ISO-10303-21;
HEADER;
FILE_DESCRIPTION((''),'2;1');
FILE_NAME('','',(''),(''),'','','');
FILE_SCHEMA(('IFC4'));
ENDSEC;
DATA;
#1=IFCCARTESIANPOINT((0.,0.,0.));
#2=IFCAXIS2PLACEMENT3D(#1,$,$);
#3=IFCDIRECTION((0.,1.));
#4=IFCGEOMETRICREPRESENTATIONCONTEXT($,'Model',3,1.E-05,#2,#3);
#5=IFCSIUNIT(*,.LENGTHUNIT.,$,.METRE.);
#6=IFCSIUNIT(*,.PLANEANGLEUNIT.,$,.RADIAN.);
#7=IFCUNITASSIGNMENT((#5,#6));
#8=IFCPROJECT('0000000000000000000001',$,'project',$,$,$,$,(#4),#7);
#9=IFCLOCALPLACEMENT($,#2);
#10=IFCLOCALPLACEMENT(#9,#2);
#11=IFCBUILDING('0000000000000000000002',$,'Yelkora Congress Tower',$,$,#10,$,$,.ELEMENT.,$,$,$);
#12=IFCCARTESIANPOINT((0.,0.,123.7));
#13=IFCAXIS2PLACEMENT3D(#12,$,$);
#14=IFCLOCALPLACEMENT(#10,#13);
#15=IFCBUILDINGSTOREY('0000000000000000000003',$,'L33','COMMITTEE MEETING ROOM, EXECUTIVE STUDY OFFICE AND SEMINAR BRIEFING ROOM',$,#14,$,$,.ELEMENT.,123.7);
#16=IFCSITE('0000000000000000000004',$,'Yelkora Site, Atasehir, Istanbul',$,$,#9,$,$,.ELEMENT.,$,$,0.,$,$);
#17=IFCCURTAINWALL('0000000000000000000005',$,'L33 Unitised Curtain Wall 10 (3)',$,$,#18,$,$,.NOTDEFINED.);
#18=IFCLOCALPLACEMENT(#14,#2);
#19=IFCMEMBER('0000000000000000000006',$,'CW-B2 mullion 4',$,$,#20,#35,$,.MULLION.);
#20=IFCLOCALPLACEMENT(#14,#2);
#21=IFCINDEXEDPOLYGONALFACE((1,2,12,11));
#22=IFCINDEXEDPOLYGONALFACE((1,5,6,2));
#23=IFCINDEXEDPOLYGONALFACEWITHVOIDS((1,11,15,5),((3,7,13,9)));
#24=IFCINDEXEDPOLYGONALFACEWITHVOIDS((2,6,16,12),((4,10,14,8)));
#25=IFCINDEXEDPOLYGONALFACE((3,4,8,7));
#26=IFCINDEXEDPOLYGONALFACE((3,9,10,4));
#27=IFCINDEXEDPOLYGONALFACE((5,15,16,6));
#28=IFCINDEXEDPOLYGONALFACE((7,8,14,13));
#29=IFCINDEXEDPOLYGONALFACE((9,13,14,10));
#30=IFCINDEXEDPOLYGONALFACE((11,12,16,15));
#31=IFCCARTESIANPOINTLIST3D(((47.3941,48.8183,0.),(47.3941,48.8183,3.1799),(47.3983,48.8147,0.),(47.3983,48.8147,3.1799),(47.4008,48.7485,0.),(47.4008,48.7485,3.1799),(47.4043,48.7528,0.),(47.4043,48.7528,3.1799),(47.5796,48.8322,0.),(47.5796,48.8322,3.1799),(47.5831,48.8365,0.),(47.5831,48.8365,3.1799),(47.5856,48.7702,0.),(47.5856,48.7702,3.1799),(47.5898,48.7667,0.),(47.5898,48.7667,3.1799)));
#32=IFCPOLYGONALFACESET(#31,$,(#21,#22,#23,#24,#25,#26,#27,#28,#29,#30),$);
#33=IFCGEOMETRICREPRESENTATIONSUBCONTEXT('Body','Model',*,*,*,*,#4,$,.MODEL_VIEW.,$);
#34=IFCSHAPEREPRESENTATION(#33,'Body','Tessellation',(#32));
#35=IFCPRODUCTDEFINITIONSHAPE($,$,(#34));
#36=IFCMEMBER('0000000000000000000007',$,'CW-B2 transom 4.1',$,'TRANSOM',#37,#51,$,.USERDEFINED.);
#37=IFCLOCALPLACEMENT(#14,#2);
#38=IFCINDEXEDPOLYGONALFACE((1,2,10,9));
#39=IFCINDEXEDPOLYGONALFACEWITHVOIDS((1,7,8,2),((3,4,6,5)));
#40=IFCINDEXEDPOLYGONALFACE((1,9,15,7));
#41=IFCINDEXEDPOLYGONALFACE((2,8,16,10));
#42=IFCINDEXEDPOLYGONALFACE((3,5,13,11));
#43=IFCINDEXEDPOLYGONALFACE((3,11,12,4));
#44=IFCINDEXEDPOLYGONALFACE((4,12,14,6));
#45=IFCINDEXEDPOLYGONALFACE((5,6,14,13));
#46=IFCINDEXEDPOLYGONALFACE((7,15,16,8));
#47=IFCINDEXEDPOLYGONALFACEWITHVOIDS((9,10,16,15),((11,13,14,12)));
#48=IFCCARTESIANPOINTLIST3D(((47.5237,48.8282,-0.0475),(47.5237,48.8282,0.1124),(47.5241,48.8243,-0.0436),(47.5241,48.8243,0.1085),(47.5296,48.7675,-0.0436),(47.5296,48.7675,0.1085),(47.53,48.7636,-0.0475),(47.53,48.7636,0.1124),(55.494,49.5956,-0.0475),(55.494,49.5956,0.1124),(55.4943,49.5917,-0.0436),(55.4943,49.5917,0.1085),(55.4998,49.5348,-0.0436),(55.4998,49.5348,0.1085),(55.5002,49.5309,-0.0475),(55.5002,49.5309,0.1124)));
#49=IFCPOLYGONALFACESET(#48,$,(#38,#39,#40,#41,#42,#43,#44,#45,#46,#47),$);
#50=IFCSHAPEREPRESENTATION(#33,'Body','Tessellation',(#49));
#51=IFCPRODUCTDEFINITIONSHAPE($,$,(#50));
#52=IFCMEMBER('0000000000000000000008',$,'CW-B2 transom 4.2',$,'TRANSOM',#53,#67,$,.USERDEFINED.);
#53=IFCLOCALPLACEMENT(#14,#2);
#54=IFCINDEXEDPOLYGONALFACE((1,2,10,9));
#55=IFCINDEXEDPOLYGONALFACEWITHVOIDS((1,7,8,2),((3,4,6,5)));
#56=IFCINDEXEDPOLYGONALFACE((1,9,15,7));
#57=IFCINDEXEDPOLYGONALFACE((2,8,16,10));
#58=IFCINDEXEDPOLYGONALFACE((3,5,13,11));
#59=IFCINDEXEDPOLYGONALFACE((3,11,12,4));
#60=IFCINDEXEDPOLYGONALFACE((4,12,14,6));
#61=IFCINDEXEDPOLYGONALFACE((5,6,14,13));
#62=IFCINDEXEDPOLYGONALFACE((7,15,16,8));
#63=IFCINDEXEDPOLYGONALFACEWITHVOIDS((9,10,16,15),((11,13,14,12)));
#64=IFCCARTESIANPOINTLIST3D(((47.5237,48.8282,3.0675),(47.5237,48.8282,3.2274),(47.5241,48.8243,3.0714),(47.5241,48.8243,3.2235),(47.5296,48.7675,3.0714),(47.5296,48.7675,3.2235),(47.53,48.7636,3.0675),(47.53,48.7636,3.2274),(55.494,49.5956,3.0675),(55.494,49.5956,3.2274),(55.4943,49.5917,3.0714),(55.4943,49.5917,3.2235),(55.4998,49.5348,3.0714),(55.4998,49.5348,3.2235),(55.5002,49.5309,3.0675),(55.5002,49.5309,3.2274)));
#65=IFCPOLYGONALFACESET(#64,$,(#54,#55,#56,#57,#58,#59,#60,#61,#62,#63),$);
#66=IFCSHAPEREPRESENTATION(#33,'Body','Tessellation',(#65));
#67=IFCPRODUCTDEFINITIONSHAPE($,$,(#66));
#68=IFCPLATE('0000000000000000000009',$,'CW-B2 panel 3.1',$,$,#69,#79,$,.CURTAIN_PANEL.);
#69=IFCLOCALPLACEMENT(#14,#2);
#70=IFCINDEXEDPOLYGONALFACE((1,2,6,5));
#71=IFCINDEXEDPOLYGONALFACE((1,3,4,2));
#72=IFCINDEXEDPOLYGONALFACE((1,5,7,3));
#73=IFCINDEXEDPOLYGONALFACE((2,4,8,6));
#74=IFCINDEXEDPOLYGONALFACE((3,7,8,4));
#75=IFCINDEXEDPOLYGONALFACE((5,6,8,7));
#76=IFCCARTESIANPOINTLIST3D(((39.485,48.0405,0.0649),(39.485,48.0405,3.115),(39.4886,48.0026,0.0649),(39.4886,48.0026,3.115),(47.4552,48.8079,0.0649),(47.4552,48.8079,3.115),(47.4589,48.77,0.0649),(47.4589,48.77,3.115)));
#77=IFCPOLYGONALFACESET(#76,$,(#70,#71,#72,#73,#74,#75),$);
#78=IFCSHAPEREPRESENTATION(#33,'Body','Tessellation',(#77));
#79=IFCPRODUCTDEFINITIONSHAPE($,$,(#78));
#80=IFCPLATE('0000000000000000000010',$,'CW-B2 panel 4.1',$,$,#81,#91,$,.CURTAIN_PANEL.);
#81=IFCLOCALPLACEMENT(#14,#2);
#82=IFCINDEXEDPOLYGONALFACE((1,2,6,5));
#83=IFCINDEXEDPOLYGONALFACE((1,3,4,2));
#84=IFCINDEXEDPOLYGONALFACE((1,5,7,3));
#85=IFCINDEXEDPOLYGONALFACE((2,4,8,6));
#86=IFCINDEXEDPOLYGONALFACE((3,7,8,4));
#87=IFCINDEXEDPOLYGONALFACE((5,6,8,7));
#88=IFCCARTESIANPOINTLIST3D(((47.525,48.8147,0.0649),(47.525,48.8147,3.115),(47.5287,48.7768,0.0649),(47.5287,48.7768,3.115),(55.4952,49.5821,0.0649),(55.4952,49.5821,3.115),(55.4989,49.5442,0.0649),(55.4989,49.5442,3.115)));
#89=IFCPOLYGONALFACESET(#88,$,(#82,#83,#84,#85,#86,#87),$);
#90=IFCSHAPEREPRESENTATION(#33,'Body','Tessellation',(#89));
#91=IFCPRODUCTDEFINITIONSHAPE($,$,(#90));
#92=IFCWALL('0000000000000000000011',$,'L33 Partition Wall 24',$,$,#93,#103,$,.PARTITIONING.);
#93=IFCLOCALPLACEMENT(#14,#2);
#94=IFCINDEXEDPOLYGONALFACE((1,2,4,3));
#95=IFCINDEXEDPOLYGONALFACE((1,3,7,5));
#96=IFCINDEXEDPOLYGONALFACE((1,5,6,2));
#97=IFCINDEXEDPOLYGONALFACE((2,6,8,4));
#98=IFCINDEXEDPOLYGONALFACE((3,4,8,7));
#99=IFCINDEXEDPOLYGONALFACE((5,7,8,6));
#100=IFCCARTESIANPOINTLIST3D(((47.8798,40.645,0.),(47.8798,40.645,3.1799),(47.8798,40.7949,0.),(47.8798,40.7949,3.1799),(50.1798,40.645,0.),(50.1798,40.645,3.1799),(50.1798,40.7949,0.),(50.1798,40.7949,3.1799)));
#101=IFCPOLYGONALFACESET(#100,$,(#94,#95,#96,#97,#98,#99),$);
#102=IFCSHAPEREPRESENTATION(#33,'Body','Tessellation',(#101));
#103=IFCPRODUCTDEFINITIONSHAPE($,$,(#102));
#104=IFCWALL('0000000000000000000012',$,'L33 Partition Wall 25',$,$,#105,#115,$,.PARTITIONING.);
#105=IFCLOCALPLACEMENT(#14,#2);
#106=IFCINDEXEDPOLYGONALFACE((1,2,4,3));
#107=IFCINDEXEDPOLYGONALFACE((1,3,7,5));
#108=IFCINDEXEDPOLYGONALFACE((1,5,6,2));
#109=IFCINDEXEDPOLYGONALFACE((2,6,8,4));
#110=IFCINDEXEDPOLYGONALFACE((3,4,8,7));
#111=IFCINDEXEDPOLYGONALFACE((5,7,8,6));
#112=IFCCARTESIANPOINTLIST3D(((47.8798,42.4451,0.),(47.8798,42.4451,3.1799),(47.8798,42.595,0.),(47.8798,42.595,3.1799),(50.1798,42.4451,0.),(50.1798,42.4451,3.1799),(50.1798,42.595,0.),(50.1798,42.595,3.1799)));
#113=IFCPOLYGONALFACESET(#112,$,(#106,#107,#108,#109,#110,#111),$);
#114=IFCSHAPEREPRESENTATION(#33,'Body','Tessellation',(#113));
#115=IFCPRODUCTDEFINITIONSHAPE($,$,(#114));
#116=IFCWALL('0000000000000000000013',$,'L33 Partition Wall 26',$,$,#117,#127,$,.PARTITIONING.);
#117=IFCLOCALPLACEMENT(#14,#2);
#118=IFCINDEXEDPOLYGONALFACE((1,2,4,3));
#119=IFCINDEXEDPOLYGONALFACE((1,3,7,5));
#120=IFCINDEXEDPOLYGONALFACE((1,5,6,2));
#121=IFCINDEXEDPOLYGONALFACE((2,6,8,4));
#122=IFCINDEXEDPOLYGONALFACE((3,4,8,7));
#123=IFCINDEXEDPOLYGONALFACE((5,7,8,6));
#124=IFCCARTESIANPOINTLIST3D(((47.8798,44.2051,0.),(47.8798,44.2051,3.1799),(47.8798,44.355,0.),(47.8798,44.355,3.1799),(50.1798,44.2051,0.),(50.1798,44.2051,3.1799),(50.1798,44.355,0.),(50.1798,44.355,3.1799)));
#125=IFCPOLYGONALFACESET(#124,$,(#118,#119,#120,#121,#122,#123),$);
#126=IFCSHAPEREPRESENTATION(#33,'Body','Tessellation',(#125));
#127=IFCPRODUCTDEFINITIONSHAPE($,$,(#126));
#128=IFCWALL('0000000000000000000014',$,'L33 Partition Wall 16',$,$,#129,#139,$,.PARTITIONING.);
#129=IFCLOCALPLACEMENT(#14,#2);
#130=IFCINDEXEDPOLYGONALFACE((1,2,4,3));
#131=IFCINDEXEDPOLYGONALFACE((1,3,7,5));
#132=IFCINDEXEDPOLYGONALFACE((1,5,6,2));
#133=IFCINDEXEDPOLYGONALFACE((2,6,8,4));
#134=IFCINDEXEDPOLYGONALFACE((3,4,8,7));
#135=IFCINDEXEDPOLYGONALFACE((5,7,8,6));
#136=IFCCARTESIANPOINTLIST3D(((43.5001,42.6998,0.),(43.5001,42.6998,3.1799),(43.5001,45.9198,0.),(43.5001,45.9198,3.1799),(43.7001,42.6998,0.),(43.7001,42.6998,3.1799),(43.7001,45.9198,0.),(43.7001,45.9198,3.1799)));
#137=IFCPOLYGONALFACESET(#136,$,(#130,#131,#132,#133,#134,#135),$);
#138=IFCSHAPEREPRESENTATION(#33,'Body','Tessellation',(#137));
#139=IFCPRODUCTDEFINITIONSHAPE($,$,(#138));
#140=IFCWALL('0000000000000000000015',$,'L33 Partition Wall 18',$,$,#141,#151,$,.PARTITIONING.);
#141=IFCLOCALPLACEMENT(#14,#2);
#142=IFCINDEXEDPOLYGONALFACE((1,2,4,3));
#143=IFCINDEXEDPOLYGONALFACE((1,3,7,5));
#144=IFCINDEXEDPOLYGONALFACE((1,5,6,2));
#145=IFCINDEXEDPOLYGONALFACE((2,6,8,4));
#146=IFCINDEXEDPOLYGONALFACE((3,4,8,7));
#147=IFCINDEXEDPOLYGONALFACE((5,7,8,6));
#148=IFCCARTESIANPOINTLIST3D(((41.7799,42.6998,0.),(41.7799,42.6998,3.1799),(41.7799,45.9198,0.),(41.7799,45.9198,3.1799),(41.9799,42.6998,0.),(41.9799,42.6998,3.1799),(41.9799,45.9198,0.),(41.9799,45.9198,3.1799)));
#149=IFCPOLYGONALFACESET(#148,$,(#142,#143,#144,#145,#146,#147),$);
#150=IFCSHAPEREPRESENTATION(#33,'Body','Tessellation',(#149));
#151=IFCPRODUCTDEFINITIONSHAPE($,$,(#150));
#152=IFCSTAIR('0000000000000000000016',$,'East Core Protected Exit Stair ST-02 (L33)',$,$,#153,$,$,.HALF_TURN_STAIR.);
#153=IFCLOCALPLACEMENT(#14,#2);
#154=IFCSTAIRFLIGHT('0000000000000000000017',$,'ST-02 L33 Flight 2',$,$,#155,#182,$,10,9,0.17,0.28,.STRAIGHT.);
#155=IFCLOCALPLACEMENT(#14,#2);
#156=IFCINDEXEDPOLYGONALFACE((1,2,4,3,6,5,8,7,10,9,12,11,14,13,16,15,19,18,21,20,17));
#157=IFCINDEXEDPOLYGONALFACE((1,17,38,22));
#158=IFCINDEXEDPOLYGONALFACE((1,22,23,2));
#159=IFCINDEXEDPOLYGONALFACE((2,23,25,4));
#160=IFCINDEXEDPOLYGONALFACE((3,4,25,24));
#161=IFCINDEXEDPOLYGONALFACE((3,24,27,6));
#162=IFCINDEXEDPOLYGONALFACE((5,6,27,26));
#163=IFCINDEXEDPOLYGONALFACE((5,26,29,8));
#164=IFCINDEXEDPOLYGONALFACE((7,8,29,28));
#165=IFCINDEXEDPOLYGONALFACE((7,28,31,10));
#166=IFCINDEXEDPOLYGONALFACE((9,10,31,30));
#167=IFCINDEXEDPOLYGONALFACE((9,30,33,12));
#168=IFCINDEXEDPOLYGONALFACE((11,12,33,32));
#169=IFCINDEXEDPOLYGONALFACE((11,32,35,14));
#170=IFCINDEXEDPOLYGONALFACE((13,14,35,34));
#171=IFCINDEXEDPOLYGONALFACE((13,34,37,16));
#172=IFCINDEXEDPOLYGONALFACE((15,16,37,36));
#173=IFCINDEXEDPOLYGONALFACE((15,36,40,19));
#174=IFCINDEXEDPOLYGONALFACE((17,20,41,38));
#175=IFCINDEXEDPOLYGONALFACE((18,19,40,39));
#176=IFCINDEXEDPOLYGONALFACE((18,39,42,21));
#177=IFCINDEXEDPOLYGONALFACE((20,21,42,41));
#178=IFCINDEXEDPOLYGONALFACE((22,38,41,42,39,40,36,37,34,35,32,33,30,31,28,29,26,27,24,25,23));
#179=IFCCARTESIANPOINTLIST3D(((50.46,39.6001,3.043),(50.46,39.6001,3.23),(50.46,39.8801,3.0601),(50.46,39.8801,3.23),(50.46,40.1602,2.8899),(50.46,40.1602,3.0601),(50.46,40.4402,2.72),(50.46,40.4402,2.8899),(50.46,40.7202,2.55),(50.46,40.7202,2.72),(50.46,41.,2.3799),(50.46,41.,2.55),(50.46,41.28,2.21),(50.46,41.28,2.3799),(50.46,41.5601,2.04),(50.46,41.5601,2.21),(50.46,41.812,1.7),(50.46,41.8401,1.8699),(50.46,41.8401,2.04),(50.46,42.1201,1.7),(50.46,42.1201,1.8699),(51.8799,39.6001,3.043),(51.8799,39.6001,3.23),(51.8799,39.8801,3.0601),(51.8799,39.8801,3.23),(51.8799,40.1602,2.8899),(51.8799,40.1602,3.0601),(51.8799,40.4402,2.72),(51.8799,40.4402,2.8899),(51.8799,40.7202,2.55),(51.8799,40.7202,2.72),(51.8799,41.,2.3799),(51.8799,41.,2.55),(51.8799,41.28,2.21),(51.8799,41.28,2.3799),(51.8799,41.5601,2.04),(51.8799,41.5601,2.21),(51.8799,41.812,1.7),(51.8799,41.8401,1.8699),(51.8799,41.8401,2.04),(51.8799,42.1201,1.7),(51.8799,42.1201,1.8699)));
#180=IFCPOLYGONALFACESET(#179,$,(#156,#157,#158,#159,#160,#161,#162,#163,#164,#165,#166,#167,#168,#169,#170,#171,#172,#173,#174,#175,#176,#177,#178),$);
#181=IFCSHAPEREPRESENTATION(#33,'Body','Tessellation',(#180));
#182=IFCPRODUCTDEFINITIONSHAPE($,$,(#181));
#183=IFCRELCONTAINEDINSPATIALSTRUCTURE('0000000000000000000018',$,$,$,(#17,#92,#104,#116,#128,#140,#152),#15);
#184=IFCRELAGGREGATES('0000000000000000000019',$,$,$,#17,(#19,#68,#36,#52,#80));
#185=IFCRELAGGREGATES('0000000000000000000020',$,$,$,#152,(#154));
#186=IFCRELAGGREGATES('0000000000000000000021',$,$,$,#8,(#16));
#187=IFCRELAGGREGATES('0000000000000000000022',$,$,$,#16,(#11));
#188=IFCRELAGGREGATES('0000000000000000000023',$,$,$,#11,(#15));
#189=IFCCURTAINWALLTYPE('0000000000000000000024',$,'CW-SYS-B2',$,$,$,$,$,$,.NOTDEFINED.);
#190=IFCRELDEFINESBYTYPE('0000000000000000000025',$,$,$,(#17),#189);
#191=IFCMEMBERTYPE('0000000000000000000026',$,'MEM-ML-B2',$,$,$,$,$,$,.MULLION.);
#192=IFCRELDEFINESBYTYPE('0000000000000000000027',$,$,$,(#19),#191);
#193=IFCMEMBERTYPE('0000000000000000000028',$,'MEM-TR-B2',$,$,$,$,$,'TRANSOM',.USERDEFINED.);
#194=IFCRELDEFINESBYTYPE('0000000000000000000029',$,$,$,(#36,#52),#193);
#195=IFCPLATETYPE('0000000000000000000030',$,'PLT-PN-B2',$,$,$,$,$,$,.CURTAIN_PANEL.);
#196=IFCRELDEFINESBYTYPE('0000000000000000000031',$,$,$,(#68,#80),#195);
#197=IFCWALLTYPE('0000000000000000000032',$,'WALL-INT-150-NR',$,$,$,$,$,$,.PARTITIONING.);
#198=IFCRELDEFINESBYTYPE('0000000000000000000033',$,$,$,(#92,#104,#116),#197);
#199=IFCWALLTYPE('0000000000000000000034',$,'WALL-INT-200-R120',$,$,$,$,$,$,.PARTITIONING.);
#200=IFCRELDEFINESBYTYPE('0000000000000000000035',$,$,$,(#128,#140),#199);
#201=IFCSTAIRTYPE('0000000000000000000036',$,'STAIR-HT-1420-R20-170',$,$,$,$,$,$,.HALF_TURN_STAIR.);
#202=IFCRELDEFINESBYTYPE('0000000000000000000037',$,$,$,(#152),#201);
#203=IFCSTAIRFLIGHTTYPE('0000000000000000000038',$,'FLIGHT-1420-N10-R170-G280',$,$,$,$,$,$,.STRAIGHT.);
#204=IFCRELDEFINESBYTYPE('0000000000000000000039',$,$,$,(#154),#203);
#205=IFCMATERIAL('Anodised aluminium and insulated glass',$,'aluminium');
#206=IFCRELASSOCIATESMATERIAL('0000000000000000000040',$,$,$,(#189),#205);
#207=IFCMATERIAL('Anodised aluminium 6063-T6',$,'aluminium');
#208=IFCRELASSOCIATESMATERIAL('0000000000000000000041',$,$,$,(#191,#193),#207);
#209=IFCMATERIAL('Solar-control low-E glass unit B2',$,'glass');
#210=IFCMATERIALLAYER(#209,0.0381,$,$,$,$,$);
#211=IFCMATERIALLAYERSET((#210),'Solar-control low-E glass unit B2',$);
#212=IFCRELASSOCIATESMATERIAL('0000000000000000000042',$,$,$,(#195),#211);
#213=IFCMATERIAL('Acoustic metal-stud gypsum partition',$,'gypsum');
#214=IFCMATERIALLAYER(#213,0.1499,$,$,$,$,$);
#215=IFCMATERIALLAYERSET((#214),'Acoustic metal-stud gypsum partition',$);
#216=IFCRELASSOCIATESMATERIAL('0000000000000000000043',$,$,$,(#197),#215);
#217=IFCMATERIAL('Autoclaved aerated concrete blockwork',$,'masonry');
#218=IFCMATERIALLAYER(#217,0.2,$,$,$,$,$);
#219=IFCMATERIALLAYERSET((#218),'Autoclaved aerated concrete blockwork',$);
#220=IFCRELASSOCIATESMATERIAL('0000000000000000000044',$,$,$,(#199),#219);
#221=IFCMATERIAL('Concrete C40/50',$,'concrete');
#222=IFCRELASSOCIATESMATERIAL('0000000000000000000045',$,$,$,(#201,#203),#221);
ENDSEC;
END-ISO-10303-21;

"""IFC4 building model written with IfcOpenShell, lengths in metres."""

from ifc_helpers import new_model, si_unit, direction, frame, frame_2d, origin, origin_2d, place, context, subcontext, project, spatial, polyline, rectangle, hollow_rectangle, outline, extrude, material, layer, layer_set, material_profile, profile_set, type_object, element, aggregate, save


model = new_model("IFC4")

# Units and contexts
model_context = context("Model", 3, precision=1e-05, world=origin(), true_north=direction((0.0, 1.0)))
body_context = subcontext(model_context, "Body", "Model", "MODEL_VIEW")
ifc_project = project(units=[si_unit("LENGTHUNIT", "METRE"), si_unit("PLANEANGLEUNIT", "RADIAN")], contexts=[model_context])

# Site, building, storey
site_placement = place(None, origin())
site = spatial("IfcSite", under=ifc_project, at=site_placement, Name="Yelkora Site, Atasehir, Istanbul", CompositionType="ELEMENT", RefElevation=0.0)
building_placement = place(site_placement, origin())
building = spatial("IfcBuilding", under=site, at=building_placement, Name="Yelkora Congress Tower", CompositionType="ELEMENT")
storey_placement = place(building_placement, frame((0.0, 0.0, 123.7)))
storey = spatial("IfcBuildingStorey", under=building, at=storey_placement, Name="L33", Description="COMMITTEE MEETING ROOM, EXECUTIVE STUDY OFFICE AND SEMINAR BRIEFING ROOM", CompositionType="ELEMENT", Elevation=123.7)

# Curtain wall, members, plates
ifc_material_1 = material(Name="Anodised aluminium and insulated glass", Category="aluminium")
curtain_wall_type = type_object("IfcCurtainWallType", Name="CW-SYS-B2", PredefinedType="NOTDEFINED", material=ifc_material_1)
curtain_wall_placement = place(storey_placement, origin())
curtain_wall = element("IfcCurtainWall", 1, at=curtain_wall_placement, inside=storey, type_object=curtain_wall_type, Name="L33 Unitised Curtain Wall 10 (3)", PredefinedType="NOTDEFINED")
ifc_material_2 = material(Name="Anodised aluminium 6063-T6", Category="aluminium")
ifc_material_profile_1 = material_profile(ifc_material_2, hollow_rectangle(XDim=0.0701, YDim=0.1899, WallThickness=0.0039, at=origin_2d()), Name="ALU 70x190x4")
ifc_profile_set_1 = profile_set([ifc_material_profile_1], Name="Anodised aluminium 6063-T6")
member_type_1 = type_object("IfcMemberType", Name="MEM-ML-B2", PredefinedType="MULLION", material=ifc_profile_set_1)
member_1_placement = place(storey_placement, frame((47.4919, 48.7925, 0.0), z_axis=(0.0, 0.0, 1.0), x_axis=(-0.095844, 0.995396, 0.0)))
member_1 = element("IfcMember", 2, at=member_1_placement, type_object=member_type_1, Name="CW-B2 mullion 4", PredefinedType="MULLION", context=body_context, shape_type="SweptSolid", body=[
    extrude(hollow_rectangle(XDim=0.0701, YDim=0.1899, WallThickness=0.0039, at=origin_2d()), origin(), (0.0, 0.0, 1.0), 3.1799),
])
ifc_material_profile_2 = material_profile(ifc_material_2, hollow_rectangle(XDim=0.0649, YDim=0.1599, WallThickness=0.0039, at=origin_2d()), Name="ALU 65x160x4")
ifc_profile_set_2 = profile_set([ifc_material_profile_2], Name="Anodised aluminium 6063-T6")
member_type_2 = type_object("IfcMemberType", Name="MEM-TR-B2", ElementType="TRANSOM", PredefinedType="USERDEFINED", material=ifc_profile_set_2)
member_2_placement = place(storey_placement, frame((47.5269, 48.7959, 0.0325), z_axis=(0.995398, 0.095832, 0.0), x_axis=(-0.095832, 0.995398, 0.0)))
member_2 = element("IfcMember", 3, at=member_2_placement, type_object=member_type_2, Name="CW-B2 transom 4.1", ObjectType="TRANSOM", PredefinedType="USERDEFINED", context=body_context, shape_type="SweptSolid", body=[
    extrude(hollow_rectangle(XDim=0.0649, YDim=0.1599, WallThickness=0.0039, at=origin_2d()), origin(), (0.0, 0.0, 1.0), 8.0071),
])
member_3_placement = place(storey_placement, frame((47.5269, 48.7959, 3.1475), z_axis=(0.995398, 0.095832, 0.0), x_axis=(-0.095832, 0.995398, 0.0)))
member_3 = element("IfcMember", 4, at=member_3_placement, type_object=member_type_2, Name="CW-B2 transom 4.2", ObjectType="TRANSOM", PredefinedType="USERDEFINED", context=body_context, shape_type="SweptSolid", body=[
    extrude(hollow_rectangle(XDim=0.0649, YDim=0.1599, WallThickness=0.0039, at=origin_2d()), origin(), (0.0, 0.0, 1.0), 8.0071),
])
ifc_material_3 = material(Name="Solar-control low-E glass unit B2", Category="glass")
ifc_layer_1 = layer(ifc_material_3, 0.0381)
ifc_layer_set_1 = layer_set([ifc_layer_1], Name="Solar-control low-E glass unit B2")
plate_type = type_object("IfcPlateType", Name="PLT-PN-B2", PredefinedType="CURTAIN_PANEL", material=ifc_layer_set_1)
plate_1_placement = place(storey_placement, frame((43.4719, 48.4053, 0.0649), z_axis=(0.0, 0.0, 1.0), x_axis=(0.995396, 0.095844, 0.0)))
plate_1 = element("IfcPlate", 5, at=plate_1_placement, type_object=plate_type, Name="CW-B2 panel 3.1", PredefinedType="CURTAIN_PANEL", context=body_context, shape_type="SweptSolid", body=[
    extrude(rectangle(XDim=8.0071, YDim=0.0381, at=origin_2d()), origin(), (0.0, 0.0, 1.0), 3.05),
])
plate_2_placement = place(storey_placement, frame((51.512, 49.1794, 0.0649), z_axis=(0.0, 0.0, 1.0), x_axis=(0.995396, 0.095844, 0.0)))
plate_2 = element("IfcPlate", 6, at=plate_2_placement, type_object=plate_type, Name="CW-B2 panel 4.1", PredefinedType="CURTAIN_PANEL", context=body_context, shape_type="SweptSolid", body=[
    extrude(rectangle(XDim=8.0071, YDim=0.0381, at=origin_2d()), origin(), (0.0, 0.0, 1.0), 3.05),
])
aggregate(curtain_wall, [member_1, plate_1, member_2, member_3, plate_2])

# Walls
ifc_material_4 = material(Name="Acoustic metal-stud gypsum partition", Category="gypsum")
ifc_layer_2 = layer(ifc_material_4, 0.1499)
ifc_layer_set_2 = layer_set([ifc_layer_2], Name="Acoustic metal-stud gypsum partition")
wall_type_1 = type_object("IfcWallType", Name="WALL-INT-150-NR", PredefinedType="PARTITIONING", material=ifc_layer_set_2)
for number, where, z_axis, x_axis, name in (
    (7, (47.8799, 40.72, 0.0), (0.0, 0.0, 1.0), (1.0, 0.0, 0.0), "L33 Partition Wall 24"),
    (8, (47.8799, 42.52, 0.0), (0.0, 0.0, 1.0), (1.0, 0.0, 0.0), "L33 Partition Wall 25"),
    (9, (47.8799, 44.28, 0.0), (0.0, 0.0, 1.0), (1.0, 0.0, 0.0), "L33 Partition Wall 26"),
):
    element("IfcWall", number, at=place(storey_placement, frame(where, z_axis=z_axis, x_axis=x_axis)), inside=storey, type_object=wall_type_1, Name=name, PredefinedType="PARTITIONING", context=body_context, shape_type="SweptSolid", body=[
        extrude(rectangle(XDim=2.3, YDim=0.1499, at=frame_2d((1.1499, 0.0))), origin(), (0.0, 0.0, 1.0), 3.1799),
    ])
ifc_material_5 = material(Name="Autoclaved aerated concrete blockwork", Category="masonry")
ifc_layer_3 = layer(ifc_material_5, 0.2)
ifc_layer_set_3 = layer_set([ifc_layer_3], Name="Autoclaved aerated concrete blockwork")
wall_type_2 = type_object("IfcWallType", Name="WALL-INT-200-R120", PredefinedType="PARTITIONING", material=ifc_layer_set_3)
for number, where, z_axis, x_axis, name in (
    (10, (43.6001, 42.7, 0.0), (0.0, 0.0, 1.0), (0.0, 1.0, 0.0), "L33 Partition Wall 16"),
    (11, (41.8799, 42.7, 0.0), (0.0, 0.0, 1.0), (0.0, 1.0, 0.0), "L33 Partition Wall 18"),
):
    element("IfcWall", number, at=place(storey_placement, frame(where, z_axis=z_axis, x_axis=x_axis)), inside=storey, type_object=wall_type_2, Name=name, PredefinedType="PARTITIONING", context=body_context, shape_type="SweptSolid", body=[
        extrude(rectangle(XDim=3.22, YDim=0.2, at=frame_2d((1.6099, 0.0))), origin(), (0.0, 0.0, 1.0), 3.1799),
    ])

# Stair, stair flight
ifc_material_6 = material(Name="Concrete C40/50", Category="concrete")
stair_type = type_object("IfcStairType", Name="STAIR-HT-1420-R20-170", PredefinedType="HALF_TURN_STAIR", material=ifc_material_6)
stair_placement = place(storey_placement, origin())
stair = element("IfcStair", 12, at=stair_placement, inside=storey, type_object=stair_type, Name="East Core Protected Exit Stair ST-02 (L33)", PredefinedType="HALF_TURN_STAIR")
stair_flight_type = type_object("IfcStairFlightType", Name="FLIGHT-1420-N10-R170-G280", PredefinedType="STRAIGHT", material=ifc_material_6)
stair_flight_placement = place(storey_placement, frame((51.1699, 42.1201, 1.7), z_axis=(0.0, 0.0, 1.0), x_axis=(0.0, -1.0, 0.0)))
stair_flight = element("IfcStairFlight", 13, at=stair_flight_placement, type_object=stair_flight_type, Name="ST-02 L33 Flight 2", NumberOfRisers=10, NumberOfTreads=9, PredefinedType="STRAIGHT", RiserHeight=0.17, TreadLength=0.28, context=body_context, shape_type="SweptSolid", body=[
    extrude(outline(polyline([(0.0, 0.0), (0.0, 0.1699), (0.28, 0.1699), (0.28, 0.3401), (0.5601, 0.3401), (0.5601, 0.51), (0.8401, 0.51), (0.8401, 0.6799), (1.1201, 0.6799), (1.1201, 0.8501), (1.3999, 0.8501), (1.3999, 1.02), (1.6799, 1.02), (1.6799, 1.1899), (1.96, 1.1899), (1.96, 1.3601), (2.24, 1.3601), (2.24, 1.53), (2.52, 1.53), (2.52, 1.7), (2.52, 1.343), (0.3081, 0.0), (0.0, 0.0)])), frame((0.0, 0.71, 0.0), z_axis=(0.0, -1.0, 0.0), x_axis=(1.0, 0.0, 0.0)), (0.0, 0.0, 1.0), 1.4199),
])
aggregate(stair, [stair_flight])

save(model, "model.ifc")
